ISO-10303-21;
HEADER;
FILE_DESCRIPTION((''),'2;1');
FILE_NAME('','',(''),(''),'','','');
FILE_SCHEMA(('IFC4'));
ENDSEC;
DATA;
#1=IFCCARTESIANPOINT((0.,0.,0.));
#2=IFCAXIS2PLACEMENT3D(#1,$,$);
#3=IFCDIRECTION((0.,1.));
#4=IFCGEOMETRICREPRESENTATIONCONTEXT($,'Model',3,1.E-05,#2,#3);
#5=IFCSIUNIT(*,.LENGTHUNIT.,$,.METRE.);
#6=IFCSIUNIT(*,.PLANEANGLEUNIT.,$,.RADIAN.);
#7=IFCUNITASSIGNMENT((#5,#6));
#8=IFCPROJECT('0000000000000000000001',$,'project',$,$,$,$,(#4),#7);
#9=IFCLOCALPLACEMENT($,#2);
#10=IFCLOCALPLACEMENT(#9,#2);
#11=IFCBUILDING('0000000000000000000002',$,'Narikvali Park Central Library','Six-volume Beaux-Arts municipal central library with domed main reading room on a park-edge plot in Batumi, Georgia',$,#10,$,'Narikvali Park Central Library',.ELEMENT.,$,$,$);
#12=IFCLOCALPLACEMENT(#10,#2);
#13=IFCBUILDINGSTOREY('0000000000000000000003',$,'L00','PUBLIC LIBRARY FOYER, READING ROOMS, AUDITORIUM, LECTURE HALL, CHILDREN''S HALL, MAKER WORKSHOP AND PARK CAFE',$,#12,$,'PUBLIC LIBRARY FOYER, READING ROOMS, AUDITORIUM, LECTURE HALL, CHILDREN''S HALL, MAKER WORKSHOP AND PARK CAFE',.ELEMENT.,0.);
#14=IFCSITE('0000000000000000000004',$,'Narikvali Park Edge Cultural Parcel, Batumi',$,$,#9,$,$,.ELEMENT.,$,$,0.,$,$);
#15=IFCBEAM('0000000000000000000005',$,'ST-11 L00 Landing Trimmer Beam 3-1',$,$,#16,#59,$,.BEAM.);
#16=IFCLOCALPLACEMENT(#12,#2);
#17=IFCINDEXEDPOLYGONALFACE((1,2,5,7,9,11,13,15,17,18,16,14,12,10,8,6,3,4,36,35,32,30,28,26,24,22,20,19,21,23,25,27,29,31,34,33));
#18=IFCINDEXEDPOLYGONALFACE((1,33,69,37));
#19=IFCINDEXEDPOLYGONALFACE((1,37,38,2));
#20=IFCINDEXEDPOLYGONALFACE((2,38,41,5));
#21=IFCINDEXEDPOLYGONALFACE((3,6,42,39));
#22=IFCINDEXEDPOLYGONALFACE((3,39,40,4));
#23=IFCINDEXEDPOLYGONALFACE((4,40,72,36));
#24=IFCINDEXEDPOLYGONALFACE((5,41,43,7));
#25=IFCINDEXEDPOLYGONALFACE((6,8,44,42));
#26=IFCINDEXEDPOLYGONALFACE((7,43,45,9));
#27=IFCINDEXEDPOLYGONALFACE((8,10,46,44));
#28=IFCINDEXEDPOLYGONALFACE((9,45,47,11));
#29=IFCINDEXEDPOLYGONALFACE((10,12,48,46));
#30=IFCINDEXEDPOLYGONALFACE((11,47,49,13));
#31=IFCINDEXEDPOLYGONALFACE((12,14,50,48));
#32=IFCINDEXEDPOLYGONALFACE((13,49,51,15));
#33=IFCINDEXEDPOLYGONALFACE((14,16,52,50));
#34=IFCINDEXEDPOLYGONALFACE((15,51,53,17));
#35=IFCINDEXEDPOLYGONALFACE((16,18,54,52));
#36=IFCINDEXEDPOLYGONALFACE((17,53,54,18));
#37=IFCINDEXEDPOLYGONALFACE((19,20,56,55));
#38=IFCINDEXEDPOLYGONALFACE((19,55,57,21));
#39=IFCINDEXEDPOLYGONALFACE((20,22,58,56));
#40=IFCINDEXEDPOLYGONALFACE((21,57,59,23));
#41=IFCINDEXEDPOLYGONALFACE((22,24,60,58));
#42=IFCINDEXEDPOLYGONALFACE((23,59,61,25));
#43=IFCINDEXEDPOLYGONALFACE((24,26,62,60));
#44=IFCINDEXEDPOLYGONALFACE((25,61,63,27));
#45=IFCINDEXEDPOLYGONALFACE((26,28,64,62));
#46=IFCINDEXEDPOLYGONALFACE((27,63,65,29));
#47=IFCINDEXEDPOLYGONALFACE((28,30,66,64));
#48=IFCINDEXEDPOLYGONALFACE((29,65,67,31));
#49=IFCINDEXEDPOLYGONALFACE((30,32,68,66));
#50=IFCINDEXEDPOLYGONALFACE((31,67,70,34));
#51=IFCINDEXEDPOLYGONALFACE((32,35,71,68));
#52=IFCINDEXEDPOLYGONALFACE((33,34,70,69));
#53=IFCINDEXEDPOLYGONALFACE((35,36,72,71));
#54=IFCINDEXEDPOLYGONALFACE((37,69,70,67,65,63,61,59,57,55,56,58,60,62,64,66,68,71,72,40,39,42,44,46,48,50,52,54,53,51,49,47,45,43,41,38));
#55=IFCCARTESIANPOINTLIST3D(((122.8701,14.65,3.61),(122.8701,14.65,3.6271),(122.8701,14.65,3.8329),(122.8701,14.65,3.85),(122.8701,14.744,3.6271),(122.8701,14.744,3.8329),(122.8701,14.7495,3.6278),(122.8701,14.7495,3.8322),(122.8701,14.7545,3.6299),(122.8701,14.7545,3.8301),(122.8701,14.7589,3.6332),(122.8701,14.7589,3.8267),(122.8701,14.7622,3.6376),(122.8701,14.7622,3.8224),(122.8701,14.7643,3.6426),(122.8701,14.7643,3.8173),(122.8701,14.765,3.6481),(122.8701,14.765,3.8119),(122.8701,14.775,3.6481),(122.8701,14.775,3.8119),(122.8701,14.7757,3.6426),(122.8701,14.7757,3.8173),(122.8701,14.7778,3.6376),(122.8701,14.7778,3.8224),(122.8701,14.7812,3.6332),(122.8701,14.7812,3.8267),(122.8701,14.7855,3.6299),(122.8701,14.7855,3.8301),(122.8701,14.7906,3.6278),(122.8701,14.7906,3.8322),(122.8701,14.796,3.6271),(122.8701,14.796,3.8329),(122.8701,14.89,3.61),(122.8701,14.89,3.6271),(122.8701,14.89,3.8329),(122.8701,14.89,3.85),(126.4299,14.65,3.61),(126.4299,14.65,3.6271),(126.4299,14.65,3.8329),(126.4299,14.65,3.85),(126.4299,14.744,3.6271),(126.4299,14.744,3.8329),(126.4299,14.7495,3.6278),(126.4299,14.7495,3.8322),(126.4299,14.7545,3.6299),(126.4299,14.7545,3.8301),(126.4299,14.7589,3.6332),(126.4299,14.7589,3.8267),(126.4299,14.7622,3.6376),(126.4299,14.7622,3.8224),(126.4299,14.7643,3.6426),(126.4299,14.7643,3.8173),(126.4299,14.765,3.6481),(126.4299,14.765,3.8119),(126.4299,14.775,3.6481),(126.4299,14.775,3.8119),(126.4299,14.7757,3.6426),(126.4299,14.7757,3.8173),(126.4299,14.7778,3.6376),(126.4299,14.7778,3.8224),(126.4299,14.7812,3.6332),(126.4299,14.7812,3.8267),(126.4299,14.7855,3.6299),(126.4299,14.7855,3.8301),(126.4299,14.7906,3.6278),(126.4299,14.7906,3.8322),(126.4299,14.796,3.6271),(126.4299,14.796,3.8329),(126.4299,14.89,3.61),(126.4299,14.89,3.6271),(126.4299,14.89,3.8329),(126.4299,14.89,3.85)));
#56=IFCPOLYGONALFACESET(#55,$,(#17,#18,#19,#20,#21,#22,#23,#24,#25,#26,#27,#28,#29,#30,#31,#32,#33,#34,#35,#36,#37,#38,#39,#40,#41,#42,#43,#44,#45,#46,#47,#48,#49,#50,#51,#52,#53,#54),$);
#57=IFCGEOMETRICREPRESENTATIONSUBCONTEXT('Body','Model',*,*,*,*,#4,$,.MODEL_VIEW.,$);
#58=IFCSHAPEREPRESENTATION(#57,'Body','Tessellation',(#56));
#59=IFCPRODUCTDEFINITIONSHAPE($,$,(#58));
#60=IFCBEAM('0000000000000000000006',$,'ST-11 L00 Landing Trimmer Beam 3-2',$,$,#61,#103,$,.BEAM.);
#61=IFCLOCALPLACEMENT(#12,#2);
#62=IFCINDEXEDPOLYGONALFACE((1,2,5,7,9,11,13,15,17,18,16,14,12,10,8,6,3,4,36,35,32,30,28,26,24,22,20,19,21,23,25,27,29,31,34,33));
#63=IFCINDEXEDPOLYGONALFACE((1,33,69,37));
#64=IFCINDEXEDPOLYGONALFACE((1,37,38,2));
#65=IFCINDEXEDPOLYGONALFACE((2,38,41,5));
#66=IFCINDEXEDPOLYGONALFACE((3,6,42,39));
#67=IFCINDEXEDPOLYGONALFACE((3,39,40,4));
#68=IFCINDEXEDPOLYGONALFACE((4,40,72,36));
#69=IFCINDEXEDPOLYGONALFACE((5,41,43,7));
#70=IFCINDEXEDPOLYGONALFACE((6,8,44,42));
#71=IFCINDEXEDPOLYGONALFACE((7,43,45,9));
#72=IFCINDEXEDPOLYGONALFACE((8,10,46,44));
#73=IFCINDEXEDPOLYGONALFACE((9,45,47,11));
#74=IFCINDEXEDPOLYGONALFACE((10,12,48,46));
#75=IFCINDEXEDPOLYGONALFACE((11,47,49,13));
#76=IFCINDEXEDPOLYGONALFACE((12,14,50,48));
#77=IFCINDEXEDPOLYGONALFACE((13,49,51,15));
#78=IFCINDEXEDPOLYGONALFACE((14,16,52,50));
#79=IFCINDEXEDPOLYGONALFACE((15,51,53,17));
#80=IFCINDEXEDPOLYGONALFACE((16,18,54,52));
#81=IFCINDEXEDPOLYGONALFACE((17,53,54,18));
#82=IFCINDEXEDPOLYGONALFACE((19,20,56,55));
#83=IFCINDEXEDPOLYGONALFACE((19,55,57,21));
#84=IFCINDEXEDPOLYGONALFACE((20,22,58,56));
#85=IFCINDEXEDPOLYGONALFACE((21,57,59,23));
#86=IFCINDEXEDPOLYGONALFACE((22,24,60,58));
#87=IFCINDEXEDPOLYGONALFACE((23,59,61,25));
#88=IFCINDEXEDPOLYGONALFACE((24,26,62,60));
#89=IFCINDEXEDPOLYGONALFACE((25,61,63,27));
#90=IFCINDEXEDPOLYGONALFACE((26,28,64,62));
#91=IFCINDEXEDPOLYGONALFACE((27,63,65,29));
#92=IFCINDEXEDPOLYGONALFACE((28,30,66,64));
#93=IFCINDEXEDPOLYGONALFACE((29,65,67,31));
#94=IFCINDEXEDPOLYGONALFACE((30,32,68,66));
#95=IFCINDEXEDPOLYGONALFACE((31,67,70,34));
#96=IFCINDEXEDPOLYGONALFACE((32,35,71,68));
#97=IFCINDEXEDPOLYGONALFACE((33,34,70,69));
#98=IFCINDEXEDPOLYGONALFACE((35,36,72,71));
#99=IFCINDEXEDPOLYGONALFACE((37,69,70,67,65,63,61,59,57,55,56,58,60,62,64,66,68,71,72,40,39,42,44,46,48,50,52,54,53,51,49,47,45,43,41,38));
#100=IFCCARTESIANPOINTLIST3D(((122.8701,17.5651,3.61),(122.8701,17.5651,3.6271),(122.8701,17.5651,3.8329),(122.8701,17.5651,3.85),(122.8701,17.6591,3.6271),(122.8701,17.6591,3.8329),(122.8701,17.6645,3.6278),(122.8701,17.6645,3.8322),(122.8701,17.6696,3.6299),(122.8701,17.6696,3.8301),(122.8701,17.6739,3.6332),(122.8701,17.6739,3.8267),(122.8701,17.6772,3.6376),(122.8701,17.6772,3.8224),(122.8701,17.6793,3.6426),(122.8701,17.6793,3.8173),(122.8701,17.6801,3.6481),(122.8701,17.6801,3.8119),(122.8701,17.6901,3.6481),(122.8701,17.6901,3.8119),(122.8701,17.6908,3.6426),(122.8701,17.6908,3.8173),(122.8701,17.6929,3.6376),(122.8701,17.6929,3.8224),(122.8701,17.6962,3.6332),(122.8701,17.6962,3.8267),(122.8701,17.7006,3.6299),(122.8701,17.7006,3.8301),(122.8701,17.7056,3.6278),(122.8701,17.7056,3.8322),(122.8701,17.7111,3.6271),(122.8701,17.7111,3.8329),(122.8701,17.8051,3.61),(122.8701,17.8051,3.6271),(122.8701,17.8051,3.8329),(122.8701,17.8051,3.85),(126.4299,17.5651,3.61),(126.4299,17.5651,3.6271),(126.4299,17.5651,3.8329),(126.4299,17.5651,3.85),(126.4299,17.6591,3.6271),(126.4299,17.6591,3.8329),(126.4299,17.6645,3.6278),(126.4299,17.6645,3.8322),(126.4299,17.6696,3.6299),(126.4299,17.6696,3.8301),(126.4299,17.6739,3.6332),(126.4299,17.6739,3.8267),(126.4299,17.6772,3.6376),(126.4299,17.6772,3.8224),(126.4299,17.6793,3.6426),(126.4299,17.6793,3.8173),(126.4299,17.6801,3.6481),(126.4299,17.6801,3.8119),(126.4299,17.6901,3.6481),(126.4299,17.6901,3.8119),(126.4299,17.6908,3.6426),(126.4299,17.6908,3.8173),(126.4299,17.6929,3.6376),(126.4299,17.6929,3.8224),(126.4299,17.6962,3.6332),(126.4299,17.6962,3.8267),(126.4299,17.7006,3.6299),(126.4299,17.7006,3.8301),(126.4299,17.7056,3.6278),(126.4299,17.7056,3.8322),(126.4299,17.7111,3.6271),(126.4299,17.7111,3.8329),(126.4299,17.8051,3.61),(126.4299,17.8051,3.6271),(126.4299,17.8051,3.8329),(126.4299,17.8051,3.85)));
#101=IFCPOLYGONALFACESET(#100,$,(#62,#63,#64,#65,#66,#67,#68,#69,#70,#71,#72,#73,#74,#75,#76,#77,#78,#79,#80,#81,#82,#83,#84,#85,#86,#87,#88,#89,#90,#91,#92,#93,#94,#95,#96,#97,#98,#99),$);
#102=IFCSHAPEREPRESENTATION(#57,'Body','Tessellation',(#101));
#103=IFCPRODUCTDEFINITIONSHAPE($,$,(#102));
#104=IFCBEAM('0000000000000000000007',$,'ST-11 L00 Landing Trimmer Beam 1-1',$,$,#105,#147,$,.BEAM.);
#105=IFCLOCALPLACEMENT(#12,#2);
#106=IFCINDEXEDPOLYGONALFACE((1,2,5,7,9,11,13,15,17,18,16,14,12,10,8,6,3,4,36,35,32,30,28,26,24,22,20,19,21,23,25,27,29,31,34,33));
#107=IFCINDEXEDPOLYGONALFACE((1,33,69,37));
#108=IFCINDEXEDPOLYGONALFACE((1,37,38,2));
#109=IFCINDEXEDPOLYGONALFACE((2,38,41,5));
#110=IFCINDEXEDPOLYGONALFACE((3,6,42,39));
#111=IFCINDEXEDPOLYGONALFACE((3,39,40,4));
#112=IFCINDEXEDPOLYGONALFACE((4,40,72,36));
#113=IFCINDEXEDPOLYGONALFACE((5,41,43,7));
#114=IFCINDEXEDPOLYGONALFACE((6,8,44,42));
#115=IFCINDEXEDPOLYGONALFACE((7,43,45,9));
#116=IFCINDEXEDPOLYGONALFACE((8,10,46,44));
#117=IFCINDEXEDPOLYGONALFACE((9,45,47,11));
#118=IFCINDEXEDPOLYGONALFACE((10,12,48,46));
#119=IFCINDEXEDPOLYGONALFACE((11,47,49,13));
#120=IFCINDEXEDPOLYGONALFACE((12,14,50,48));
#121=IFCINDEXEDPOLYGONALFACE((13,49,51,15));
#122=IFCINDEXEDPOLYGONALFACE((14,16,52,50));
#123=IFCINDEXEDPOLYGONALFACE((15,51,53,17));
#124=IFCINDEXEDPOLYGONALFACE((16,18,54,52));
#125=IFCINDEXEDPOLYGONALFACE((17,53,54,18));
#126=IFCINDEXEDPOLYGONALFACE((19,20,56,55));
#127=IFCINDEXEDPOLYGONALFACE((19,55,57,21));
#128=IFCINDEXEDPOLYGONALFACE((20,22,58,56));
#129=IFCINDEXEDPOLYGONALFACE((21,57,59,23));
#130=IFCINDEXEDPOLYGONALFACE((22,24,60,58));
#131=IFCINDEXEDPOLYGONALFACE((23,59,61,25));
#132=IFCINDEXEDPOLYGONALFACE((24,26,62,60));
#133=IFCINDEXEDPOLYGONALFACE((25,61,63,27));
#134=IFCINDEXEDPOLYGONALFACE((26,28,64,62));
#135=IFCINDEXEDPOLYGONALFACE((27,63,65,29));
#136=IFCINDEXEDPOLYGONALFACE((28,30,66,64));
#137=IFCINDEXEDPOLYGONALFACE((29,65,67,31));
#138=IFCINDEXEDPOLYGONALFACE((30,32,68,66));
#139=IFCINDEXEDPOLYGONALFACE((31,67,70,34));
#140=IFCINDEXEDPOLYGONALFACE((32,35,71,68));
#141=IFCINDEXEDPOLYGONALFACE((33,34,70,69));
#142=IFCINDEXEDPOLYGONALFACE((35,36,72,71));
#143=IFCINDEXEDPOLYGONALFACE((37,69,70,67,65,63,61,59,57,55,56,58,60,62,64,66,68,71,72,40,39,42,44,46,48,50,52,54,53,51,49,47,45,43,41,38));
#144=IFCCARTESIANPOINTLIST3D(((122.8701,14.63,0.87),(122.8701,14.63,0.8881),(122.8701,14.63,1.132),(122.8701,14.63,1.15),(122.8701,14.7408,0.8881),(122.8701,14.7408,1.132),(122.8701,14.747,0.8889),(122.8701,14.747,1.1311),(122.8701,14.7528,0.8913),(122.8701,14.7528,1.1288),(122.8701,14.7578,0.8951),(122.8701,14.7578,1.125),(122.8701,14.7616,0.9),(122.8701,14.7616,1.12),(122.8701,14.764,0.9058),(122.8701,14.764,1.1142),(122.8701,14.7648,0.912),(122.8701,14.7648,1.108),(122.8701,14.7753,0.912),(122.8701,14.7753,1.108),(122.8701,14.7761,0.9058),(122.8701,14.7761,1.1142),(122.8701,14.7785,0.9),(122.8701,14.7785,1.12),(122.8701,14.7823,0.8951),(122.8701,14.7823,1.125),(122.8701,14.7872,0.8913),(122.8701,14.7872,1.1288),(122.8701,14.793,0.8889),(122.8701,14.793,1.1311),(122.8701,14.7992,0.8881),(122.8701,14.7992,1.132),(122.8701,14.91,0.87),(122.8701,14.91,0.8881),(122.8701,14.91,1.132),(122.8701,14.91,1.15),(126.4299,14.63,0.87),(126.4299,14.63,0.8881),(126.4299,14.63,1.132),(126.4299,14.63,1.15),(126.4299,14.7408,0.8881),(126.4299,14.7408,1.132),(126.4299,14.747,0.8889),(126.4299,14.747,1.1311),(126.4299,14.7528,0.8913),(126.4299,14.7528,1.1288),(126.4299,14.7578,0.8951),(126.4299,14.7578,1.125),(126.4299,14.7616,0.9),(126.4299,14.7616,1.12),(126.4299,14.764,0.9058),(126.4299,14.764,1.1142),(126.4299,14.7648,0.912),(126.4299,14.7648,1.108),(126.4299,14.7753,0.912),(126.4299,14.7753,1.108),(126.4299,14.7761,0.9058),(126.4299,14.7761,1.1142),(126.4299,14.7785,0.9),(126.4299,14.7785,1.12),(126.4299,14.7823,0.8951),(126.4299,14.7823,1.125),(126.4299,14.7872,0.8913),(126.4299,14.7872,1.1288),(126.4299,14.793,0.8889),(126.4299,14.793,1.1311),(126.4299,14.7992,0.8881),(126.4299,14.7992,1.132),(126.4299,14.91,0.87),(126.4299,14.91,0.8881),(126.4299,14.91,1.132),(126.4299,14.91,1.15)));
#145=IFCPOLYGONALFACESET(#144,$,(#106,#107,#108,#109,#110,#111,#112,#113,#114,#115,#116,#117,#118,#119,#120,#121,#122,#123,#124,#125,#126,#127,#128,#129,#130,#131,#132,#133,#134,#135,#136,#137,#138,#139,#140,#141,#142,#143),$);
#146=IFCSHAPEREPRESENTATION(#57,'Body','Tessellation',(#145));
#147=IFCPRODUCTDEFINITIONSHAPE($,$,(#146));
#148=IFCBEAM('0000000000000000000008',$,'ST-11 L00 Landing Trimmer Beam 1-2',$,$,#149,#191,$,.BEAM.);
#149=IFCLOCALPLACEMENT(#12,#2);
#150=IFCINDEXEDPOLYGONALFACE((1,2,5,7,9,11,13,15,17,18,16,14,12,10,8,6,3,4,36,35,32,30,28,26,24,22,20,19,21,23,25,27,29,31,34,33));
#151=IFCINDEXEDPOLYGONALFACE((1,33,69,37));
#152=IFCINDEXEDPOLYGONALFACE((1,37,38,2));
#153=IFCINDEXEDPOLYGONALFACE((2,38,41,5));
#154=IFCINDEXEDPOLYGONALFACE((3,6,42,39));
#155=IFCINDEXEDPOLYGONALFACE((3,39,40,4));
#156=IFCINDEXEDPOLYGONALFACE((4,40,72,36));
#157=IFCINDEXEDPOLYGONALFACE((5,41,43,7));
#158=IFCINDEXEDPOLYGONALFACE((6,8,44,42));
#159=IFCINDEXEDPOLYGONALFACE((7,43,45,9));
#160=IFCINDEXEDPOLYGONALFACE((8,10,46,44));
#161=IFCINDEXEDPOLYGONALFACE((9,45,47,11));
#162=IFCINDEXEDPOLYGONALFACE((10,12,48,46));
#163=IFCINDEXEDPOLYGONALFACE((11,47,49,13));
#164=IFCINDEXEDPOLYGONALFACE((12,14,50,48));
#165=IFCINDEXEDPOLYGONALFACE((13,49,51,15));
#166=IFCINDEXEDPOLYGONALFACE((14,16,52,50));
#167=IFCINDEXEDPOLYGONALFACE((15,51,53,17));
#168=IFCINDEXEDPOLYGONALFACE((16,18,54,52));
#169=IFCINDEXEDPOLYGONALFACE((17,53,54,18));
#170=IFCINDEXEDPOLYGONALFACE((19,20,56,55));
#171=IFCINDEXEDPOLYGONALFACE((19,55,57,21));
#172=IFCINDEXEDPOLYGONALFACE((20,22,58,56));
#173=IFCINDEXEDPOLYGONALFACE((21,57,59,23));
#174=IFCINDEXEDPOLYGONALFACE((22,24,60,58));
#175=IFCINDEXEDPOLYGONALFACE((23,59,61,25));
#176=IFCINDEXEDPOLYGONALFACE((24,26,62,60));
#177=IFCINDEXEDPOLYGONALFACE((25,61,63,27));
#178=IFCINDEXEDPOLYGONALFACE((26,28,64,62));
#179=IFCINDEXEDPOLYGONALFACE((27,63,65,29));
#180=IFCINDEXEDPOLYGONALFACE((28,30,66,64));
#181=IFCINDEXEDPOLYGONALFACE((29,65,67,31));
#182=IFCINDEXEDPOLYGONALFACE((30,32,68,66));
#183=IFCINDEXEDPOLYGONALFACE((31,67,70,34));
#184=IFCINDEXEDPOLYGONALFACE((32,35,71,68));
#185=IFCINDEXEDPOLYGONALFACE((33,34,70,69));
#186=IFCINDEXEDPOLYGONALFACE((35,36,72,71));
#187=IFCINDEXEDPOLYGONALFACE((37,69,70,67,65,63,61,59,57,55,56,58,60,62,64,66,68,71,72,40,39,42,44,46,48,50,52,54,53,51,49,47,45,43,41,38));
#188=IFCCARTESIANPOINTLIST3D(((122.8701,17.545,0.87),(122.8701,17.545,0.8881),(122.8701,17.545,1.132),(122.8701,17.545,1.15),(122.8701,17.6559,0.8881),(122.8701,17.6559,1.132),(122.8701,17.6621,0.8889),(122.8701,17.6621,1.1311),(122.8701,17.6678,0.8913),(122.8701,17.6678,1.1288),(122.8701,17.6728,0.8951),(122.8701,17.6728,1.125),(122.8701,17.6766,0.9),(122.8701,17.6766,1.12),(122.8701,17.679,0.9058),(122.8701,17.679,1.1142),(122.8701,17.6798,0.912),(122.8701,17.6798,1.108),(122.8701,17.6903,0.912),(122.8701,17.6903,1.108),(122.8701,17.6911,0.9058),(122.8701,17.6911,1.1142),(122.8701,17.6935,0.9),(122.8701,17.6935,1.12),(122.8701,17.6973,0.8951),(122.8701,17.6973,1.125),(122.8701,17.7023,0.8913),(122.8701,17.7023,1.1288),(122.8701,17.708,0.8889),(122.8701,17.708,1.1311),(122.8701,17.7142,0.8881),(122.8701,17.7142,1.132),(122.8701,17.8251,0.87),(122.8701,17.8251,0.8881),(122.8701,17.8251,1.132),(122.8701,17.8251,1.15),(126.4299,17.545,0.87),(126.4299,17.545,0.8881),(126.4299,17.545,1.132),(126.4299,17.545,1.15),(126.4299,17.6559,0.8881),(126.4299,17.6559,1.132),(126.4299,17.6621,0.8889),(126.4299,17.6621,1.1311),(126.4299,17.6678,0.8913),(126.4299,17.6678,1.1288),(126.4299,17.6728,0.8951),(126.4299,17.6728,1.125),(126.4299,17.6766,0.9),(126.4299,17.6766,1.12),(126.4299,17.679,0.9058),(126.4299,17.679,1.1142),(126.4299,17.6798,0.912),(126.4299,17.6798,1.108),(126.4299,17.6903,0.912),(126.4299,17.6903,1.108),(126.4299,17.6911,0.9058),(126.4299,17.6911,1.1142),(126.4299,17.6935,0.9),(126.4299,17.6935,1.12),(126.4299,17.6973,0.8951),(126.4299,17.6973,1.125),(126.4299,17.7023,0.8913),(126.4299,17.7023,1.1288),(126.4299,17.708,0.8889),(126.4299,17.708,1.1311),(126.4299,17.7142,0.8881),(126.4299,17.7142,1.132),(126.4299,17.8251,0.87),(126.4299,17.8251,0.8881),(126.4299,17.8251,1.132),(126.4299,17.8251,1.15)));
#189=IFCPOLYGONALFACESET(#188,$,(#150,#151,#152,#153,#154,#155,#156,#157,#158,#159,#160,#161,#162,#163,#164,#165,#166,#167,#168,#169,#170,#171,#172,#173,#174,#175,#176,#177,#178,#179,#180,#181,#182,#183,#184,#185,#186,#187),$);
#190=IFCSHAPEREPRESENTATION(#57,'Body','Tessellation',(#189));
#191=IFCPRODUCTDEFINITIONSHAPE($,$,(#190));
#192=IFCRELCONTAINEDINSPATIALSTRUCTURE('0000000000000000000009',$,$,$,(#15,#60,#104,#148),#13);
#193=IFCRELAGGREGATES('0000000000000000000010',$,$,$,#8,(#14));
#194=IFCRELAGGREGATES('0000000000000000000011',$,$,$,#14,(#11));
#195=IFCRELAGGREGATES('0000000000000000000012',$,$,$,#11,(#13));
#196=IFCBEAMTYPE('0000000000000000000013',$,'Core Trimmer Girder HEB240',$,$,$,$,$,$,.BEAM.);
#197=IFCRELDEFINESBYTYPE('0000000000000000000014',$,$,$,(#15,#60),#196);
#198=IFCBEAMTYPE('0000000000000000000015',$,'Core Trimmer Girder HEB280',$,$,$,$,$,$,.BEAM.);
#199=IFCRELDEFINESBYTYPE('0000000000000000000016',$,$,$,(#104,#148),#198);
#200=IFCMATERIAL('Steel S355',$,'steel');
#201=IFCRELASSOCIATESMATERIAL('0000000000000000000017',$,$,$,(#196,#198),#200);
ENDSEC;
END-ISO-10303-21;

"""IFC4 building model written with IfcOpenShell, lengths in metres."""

from ifc_helpers import new_model, si_unit, direction, frame, origin, origin_2d, place, context, subcontext, project, spatial, i_section, extrude, material, material_profile, profile_set, type_object, element, save


model = new_model("IFC4")

# Units and contexts
model_context = context("Model", 3, precision=1e-05, world=origin(), true_north=direction((0.0, 1.0)))
body_context = subcontext(model_context, "Body", "Model", "MODEL_VIEW")
ifc_project = project(units=[si_unit("LENGTHUNIT", "METRE"), si_unit("PLANEANGLEUNIT", "RADIAN")], contexts=[model_context])

# Site, building, storey
site_placement = place(None, origin())
site = spatial("IfcSite", under=ifc_project, at=site_placement, Name="Narikvali Park Edge Cultural Parcel, Batumi", CompositionType="ELEMENT", RefElevation=0.0)
building_placement = place(site_placement, origin())
building = spatial("IfcBuilding", under=site, at=building_placement, Name="Narikvali Park Central Library", Description="Six-volume Beaux-Arts municipal central library with domed main reading room on a park-edge plot in Batumi, Georgia", LongName="Narikvali Park Central Library", CompositionType="ELEMENT")
storey_placement = place(building_placement, origin())
storey = spatial("IfcBuildingStorey", under=building, at=storey_placement, Name="L00", Description="PUBLIC LIBRARY FOYER, READING ROOMS, AUDITORIUM, LECTURE HALL, CHILDREN'S HALL, MAKER WORKSHOP AND PARK CAFE", LongName="PUBLIC LIBRARY FOYER, READING ROOMS, AUDITORIUM, LECTURE HALL, CHILDREN'S HALL, MAKER WORKSHOP AND PARK CAFE", CompositionType="ELEMENT", Elevation=0.0)

# Beams
ifc_material_1 = material(Name="Steel S355", Category="steel")
ifc_material_profile_1 = material_profile(ifc_material_1, i_section(OverallWidth=0.24, OverallDepth=0.24, WebThickness=0.01, FlangeThickness=0.0171, FilletRadius=0.021, at=origin_2d()), Name="HEB 240")
ifc_profile_set_1 = profile_set([ifc_material_profile_1], Name="Steel S355")
beam_type_1 = type_object("IfcBeamType", Name="Core Trimmer Girder HEB240", PredefinedType="BEAM", material=ifc_profile_set_1)
for number, where, z_axis, x_axis, name in (
    (1, (122.8701, 14.77, 3.73), (1.0, 0.0, 0.0), (0.0, 1.0, 0.0), "ST-11 L00 Landing Trimmer Beam 3-1"),
    (2, (122.8701, 17.6851, 3.73), (1.0, 0.0, 0.0), (0.0, 1.0, 0.0), "ST-11 L00 Landing Trimmer Beam 3-2"),
):
    element("IfcBeam", number, at=place(storey_placement, frame(where, z_axis=z_axis, x_axis=x_axis)), inside=storey, type_object=beam_type_1, Name=name, PredefinedType="BEAM", context=body_context, shape_type="SweptSolid", body=[
        extrude(i_section(OverallWidth=0.24, OverallDepth=0.24, WebThickness=0.01, FlangeThickness=0.0171, FilletRadius=0.021, at=origin_2d()), origin(), (0.0, 0.0, 1.0), 3.5598),
    ])
ifc_material_profile_2 = material_profile(ifc_material_1, i_section(OverallWidth=0.28, OverallDepth=0.28, WebThickness=0.0105, FlangeThickness=0.0181, FilletRadius=0.0239, at=origin_2d()), Name="HEB 280")
ifc_profile_set_2 = profile_set([ifc_material_profile_2], Name="Steel S355")
beam_type_2 = type_object("IfcBeamType", Name="Core Trimmer Girder HEB280", PredefinedType="BEAM", material=ifc_profile_set_2)
for number, where, z_axis, x_axis, name in (
    (3, (122.8701, 14.77, 1.01), (1.0, 0.0, 0.0), (0.0, 1.0, 0.0), "ST-11 L00 Landing Trimmer Beam 1-1"),
    (4, (122.8701, 17.6851, 1.01), (1.0, 0.0, 0.0), (0.0, 1.0, 0.0), "ST-11 L00 Landing Trimmer Beam 1-2"),
):
    element("IfcBeam", number, at=place(storey_placement, frame(where, z_axis=z_axis, x_axis=x_axis)), inside=storey, type_object=beam_type_2, Name=name, PredefinedType="BEAM", context=body_context, shape_type="SweptSolid", body=[
        extrude(i_section(OverallWidth=0.28, OverallDepth=0.28, WebThickness=0.0105, FlangeThickness=0.0181, FilletRadius=0.0239, at=origin_2d()), origin(), (0.0, 0.0, 1.0), 3.5598),
    ])

save(model, "model.ifc")
